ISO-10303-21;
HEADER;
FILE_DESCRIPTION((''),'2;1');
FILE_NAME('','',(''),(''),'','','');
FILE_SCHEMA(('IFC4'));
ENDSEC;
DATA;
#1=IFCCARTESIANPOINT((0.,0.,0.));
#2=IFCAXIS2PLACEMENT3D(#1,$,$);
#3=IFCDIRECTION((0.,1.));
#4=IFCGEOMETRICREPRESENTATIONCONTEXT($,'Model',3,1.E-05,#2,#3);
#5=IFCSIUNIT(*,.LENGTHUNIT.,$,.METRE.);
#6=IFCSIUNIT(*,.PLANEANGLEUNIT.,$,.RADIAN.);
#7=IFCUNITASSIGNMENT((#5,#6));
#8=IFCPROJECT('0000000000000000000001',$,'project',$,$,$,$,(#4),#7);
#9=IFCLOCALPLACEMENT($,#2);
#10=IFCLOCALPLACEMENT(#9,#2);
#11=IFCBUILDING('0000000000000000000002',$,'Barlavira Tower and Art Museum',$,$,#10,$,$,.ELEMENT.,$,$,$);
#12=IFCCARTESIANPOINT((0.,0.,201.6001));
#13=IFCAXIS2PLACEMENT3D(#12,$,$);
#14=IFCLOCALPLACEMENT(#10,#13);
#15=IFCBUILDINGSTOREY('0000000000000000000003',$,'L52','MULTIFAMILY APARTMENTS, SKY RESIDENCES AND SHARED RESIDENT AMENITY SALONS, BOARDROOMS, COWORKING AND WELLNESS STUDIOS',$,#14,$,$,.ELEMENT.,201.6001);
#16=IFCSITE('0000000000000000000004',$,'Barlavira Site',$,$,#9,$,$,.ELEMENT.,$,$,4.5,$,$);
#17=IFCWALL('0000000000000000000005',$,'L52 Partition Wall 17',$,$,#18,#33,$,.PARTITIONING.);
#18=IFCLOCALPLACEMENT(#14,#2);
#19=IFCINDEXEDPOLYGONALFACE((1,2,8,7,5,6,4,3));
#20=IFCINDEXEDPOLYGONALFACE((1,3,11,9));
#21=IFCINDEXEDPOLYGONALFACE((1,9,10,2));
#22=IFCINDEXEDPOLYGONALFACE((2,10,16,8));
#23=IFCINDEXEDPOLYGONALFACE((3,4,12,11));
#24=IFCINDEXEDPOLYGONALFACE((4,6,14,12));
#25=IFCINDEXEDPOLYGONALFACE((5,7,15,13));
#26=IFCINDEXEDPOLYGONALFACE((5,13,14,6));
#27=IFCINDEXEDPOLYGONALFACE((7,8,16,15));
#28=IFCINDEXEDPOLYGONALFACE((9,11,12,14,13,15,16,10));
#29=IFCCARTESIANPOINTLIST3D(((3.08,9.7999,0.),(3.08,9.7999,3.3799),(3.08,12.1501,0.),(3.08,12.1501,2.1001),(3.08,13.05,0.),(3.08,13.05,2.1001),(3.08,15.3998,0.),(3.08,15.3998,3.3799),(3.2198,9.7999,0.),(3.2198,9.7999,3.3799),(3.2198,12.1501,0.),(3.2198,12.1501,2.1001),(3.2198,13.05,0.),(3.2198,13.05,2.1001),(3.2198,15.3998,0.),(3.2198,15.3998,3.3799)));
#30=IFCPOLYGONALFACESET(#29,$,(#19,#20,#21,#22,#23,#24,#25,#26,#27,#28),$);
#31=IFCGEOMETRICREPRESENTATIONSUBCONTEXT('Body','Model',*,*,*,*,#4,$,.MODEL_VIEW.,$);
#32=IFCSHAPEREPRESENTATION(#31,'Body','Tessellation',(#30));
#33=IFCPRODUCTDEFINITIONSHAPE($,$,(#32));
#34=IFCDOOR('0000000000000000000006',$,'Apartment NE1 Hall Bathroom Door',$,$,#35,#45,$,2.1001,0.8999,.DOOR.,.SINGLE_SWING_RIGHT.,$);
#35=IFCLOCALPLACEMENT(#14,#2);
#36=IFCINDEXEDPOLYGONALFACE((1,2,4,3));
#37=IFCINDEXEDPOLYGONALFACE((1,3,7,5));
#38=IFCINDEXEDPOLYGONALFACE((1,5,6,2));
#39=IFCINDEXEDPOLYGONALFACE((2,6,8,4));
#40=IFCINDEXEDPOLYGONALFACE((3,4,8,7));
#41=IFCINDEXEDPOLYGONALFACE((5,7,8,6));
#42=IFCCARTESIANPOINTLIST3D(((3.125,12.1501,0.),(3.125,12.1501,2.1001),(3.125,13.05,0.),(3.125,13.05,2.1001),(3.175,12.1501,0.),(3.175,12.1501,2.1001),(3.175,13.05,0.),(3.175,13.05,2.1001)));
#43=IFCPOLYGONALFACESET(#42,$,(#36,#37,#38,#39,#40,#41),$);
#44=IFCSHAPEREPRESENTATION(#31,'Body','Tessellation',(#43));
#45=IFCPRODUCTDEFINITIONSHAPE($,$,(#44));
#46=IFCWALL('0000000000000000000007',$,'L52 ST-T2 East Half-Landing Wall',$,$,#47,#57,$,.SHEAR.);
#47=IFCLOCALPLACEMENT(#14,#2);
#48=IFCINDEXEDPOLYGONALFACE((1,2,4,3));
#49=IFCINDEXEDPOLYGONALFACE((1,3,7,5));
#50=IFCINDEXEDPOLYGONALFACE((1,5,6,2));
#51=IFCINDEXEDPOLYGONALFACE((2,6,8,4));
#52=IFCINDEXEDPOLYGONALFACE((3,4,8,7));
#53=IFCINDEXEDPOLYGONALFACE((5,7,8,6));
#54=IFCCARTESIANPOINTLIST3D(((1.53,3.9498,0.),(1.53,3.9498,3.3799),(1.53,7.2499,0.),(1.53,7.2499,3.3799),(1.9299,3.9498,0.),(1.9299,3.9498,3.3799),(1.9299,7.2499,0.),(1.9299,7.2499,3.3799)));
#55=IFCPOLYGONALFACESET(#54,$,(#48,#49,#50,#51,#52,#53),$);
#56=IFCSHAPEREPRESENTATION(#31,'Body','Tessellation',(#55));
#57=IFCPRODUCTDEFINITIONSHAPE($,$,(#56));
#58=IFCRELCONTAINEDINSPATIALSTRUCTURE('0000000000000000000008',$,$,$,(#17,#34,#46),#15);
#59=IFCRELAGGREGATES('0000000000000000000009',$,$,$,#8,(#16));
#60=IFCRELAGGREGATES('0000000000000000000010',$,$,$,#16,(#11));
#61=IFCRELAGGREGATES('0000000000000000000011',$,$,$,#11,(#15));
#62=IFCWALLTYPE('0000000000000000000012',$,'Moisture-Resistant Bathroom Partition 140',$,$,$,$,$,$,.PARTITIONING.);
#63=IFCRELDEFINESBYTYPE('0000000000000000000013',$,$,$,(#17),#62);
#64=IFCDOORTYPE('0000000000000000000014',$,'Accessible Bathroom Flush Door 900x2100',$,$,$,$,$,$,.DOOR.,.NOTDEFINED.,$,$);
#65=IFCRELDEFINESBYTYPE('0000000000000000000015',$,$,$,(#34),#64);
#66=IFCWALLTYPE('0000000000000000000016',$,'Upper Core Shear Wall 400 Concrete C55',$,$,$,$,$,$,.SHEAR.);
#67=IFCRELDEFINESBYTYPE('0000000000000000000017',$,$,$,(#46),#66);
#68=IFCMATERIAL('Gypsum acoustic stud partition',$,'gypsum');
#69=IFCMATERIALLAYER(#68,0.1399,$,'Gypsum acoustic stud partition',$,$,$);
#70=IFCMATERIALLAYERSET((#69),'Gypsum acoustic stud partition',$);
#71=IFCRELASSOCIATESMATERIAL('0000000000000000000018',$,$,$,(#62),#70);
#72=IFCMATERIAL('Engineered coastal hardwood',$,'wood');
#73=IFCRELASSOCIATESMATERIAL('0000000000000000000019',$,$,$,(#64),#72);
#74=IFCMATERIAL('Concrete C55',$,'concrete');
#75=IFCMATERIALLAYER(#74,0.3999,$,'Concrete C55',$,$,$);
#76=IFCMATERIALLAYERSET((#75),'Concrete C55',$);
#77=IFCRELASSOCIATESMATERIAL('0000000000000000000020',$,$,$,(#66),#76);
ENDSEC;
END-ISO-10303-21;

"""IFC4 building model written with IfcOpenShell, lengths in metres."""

from ifc_helpers import new_model, si_unit, direction, frame, frame_2d, origin, place, context, subcontext, project, spatial, rectangle, extrude, material, layer, layer_set, type_object, element, fill, save


model = new_model("IFC4")

# Units and contexts
model_context = context("Model", 3, precision=1e-05, world=origin(), true_north=direction((0.0, 1.0)))
body_context = subcontext(model_context, "Body", "Model", "MODEL_VIEW")
ifc_project = project(units=[si_unit("LENGTHUNIT", "METRE"), si_unit("PLANEANGLEUNIT", "RADIAN")], contexts=[model_context])

# Site, building, storey
site_placement = place(None, origin())
site = spatial("IfcSite", under=ifc_project, at=site_placement, Name="Barlavira Site", CompositionType="ELEMENT", RefElevation=4.5)
building_placement = place(site_placement, origin())
building = spatial("IfcBuilding", under=site, at=building_placement, Name="Barlavira Tower and Art Museum", CompositionType="ELEMENT")
storey_placement = place(building_placement, frame((0.0, 0.0, 201.6001)))
storey = spatial("IfcBuildingStorey", under=building, at=storey_placement, Name="L52", Description="MULTIFAMILY APARTMENTS, SKY RESIDENCES AND SHARED RESIDENT AMENITY SALONS, BOARDROOMS, COWORKING AND WELLNESS STUDIOS", CompositionType="ELEMENT", Elevation=201.6001)

# Shared definitions
ifc_material_1 = material(Name="Gypsum acoustic stud partition", Category="gypsum")
ifc_material_2 = material(Name="Engineered coastal hardwood", Category="wood")

# Wall, opening, door
ifc_layer_1 = layer(ifc_material_1, 0.1399, Name="Gypsum acoustic stud partition")
ifc_layer_set_1 = layer_set([ifc_layer_1], Name="Gypsum acoustic stud partition")
wall_type_1 = type_object("IfcWallType", Name="Moisture-Resistant Bathroom Partition 140", PredefinedType="PARTITIONING", material=ifc_layer_set_1)
wall_1_placement = place(storey_placement, frame((3.1499, 9.8, 0.0), z_axis=(0.0, 0.0, 1.0), x_axis=(0.0, 1.0, 0.0)))
wall_1 = element("IfcWall", 1, at=wall_1_placement, inside=storey, type_object=wall_type_1, Name="L52 Partition Wall 17", PredefinedType="PARTITIONING", context=body_context, shape_type="SweptSolid", body=[
    extrude(rectangle(XDim=5.5999, YDim=0.1399, at=frame_2d((2.7998, 0.0))), origin(), (0.0, 0.0, 1.0), 3.3799),
])
opening_1_placement = place(wall_1_placement, frame((2.3501, 0.0, 0.0)))
opening_1 = element("IfcOpeningElement", 2, at=opening_1_placement, cuts=wall_1, PredefinedType="OPENING", context=body_context, shape_type="SweptSolid", body=[
    extrude(rectangle(XDim=0.8999, YDim=2.1001, at=frame_2d((0.45, 1.05))), frame((0.0, 0.0801, 0.0), z_axis=(0.0, -1.0, 0.0), x_axis=(1.0, 0.0, 0.0)), (0.0, 0.0, 1.0), 0.1599),
])
door_type_1 = type_object("IfcDoorType", Name="Accessible Bathroom Flush Door 900x2100", OperationType="NOTDEFINED", PredefinedType="DOOR", material=ifc_material_2)
door_1_placement = place(opening_1_placement, origin())
door_1 = element("IfcDoor", 3, at=door_1_placement, inside=storey, type_object=door_type_1, Name="Apartment NE1 Hall Bathroom Door", OperationType="SINGLE_SWING_RIGHT", OverallHeight=2.1001, OverallWidth=0.8999, PredefinedType="DOOR", context=body_context, shape_type="SweptSolid", body=[
    extrude(rectangle(XDim=0.8999, YDim=2.1001, at=frame_2d((0.45, 1.05))), frame((0.0, 0.0249, 0.0), z_axis=(0.0, -1.0, 0.0), x_axis=(1.0, 0.0, 0.0)), (0.0, 0.0, 1.0), 0.05),
])
fill(opening_1, door_1)

# Wall
ifc_material_3 = material(Name="Concrete C55", Category="concrete")
ifc_layer_2 = layer(ifc_material_3, 0.3999, Name="Concrete C55")
ifc_layer_set_2 = layer_set([ifc_layer_2], Name="Concrete C55")
wall_type_2 = type_object("IfcWallType", Name="Upper Core Shear Wall 400 Concrete C55", PredefinedType="SHEAR", material=ifc_layer_set_2)
wall_2_placement = place(storey_placement, frame((1.73, 3.95, 0.0), z_axis=(0.0, 0.0, 1.0), x_axis=(0.0, 1.0, 0.0)))
element("IfcWall", 4, at=wall_2_placement, inside=storey, type_object=wall_type_2, Name="L52 ST-T2 East Half-Landing Wall", PredefinedType="SHEAR", context=body_context, shape_type="SweptSolid", body=[
    extrude(rectangle(XDim=3.3, YDim=0.3999, at=frame_2d((1.6499, 0.0))), origin(), (0.0, 0.0, 1.0), 3.3799),
])

save(model, "model.ifc")
